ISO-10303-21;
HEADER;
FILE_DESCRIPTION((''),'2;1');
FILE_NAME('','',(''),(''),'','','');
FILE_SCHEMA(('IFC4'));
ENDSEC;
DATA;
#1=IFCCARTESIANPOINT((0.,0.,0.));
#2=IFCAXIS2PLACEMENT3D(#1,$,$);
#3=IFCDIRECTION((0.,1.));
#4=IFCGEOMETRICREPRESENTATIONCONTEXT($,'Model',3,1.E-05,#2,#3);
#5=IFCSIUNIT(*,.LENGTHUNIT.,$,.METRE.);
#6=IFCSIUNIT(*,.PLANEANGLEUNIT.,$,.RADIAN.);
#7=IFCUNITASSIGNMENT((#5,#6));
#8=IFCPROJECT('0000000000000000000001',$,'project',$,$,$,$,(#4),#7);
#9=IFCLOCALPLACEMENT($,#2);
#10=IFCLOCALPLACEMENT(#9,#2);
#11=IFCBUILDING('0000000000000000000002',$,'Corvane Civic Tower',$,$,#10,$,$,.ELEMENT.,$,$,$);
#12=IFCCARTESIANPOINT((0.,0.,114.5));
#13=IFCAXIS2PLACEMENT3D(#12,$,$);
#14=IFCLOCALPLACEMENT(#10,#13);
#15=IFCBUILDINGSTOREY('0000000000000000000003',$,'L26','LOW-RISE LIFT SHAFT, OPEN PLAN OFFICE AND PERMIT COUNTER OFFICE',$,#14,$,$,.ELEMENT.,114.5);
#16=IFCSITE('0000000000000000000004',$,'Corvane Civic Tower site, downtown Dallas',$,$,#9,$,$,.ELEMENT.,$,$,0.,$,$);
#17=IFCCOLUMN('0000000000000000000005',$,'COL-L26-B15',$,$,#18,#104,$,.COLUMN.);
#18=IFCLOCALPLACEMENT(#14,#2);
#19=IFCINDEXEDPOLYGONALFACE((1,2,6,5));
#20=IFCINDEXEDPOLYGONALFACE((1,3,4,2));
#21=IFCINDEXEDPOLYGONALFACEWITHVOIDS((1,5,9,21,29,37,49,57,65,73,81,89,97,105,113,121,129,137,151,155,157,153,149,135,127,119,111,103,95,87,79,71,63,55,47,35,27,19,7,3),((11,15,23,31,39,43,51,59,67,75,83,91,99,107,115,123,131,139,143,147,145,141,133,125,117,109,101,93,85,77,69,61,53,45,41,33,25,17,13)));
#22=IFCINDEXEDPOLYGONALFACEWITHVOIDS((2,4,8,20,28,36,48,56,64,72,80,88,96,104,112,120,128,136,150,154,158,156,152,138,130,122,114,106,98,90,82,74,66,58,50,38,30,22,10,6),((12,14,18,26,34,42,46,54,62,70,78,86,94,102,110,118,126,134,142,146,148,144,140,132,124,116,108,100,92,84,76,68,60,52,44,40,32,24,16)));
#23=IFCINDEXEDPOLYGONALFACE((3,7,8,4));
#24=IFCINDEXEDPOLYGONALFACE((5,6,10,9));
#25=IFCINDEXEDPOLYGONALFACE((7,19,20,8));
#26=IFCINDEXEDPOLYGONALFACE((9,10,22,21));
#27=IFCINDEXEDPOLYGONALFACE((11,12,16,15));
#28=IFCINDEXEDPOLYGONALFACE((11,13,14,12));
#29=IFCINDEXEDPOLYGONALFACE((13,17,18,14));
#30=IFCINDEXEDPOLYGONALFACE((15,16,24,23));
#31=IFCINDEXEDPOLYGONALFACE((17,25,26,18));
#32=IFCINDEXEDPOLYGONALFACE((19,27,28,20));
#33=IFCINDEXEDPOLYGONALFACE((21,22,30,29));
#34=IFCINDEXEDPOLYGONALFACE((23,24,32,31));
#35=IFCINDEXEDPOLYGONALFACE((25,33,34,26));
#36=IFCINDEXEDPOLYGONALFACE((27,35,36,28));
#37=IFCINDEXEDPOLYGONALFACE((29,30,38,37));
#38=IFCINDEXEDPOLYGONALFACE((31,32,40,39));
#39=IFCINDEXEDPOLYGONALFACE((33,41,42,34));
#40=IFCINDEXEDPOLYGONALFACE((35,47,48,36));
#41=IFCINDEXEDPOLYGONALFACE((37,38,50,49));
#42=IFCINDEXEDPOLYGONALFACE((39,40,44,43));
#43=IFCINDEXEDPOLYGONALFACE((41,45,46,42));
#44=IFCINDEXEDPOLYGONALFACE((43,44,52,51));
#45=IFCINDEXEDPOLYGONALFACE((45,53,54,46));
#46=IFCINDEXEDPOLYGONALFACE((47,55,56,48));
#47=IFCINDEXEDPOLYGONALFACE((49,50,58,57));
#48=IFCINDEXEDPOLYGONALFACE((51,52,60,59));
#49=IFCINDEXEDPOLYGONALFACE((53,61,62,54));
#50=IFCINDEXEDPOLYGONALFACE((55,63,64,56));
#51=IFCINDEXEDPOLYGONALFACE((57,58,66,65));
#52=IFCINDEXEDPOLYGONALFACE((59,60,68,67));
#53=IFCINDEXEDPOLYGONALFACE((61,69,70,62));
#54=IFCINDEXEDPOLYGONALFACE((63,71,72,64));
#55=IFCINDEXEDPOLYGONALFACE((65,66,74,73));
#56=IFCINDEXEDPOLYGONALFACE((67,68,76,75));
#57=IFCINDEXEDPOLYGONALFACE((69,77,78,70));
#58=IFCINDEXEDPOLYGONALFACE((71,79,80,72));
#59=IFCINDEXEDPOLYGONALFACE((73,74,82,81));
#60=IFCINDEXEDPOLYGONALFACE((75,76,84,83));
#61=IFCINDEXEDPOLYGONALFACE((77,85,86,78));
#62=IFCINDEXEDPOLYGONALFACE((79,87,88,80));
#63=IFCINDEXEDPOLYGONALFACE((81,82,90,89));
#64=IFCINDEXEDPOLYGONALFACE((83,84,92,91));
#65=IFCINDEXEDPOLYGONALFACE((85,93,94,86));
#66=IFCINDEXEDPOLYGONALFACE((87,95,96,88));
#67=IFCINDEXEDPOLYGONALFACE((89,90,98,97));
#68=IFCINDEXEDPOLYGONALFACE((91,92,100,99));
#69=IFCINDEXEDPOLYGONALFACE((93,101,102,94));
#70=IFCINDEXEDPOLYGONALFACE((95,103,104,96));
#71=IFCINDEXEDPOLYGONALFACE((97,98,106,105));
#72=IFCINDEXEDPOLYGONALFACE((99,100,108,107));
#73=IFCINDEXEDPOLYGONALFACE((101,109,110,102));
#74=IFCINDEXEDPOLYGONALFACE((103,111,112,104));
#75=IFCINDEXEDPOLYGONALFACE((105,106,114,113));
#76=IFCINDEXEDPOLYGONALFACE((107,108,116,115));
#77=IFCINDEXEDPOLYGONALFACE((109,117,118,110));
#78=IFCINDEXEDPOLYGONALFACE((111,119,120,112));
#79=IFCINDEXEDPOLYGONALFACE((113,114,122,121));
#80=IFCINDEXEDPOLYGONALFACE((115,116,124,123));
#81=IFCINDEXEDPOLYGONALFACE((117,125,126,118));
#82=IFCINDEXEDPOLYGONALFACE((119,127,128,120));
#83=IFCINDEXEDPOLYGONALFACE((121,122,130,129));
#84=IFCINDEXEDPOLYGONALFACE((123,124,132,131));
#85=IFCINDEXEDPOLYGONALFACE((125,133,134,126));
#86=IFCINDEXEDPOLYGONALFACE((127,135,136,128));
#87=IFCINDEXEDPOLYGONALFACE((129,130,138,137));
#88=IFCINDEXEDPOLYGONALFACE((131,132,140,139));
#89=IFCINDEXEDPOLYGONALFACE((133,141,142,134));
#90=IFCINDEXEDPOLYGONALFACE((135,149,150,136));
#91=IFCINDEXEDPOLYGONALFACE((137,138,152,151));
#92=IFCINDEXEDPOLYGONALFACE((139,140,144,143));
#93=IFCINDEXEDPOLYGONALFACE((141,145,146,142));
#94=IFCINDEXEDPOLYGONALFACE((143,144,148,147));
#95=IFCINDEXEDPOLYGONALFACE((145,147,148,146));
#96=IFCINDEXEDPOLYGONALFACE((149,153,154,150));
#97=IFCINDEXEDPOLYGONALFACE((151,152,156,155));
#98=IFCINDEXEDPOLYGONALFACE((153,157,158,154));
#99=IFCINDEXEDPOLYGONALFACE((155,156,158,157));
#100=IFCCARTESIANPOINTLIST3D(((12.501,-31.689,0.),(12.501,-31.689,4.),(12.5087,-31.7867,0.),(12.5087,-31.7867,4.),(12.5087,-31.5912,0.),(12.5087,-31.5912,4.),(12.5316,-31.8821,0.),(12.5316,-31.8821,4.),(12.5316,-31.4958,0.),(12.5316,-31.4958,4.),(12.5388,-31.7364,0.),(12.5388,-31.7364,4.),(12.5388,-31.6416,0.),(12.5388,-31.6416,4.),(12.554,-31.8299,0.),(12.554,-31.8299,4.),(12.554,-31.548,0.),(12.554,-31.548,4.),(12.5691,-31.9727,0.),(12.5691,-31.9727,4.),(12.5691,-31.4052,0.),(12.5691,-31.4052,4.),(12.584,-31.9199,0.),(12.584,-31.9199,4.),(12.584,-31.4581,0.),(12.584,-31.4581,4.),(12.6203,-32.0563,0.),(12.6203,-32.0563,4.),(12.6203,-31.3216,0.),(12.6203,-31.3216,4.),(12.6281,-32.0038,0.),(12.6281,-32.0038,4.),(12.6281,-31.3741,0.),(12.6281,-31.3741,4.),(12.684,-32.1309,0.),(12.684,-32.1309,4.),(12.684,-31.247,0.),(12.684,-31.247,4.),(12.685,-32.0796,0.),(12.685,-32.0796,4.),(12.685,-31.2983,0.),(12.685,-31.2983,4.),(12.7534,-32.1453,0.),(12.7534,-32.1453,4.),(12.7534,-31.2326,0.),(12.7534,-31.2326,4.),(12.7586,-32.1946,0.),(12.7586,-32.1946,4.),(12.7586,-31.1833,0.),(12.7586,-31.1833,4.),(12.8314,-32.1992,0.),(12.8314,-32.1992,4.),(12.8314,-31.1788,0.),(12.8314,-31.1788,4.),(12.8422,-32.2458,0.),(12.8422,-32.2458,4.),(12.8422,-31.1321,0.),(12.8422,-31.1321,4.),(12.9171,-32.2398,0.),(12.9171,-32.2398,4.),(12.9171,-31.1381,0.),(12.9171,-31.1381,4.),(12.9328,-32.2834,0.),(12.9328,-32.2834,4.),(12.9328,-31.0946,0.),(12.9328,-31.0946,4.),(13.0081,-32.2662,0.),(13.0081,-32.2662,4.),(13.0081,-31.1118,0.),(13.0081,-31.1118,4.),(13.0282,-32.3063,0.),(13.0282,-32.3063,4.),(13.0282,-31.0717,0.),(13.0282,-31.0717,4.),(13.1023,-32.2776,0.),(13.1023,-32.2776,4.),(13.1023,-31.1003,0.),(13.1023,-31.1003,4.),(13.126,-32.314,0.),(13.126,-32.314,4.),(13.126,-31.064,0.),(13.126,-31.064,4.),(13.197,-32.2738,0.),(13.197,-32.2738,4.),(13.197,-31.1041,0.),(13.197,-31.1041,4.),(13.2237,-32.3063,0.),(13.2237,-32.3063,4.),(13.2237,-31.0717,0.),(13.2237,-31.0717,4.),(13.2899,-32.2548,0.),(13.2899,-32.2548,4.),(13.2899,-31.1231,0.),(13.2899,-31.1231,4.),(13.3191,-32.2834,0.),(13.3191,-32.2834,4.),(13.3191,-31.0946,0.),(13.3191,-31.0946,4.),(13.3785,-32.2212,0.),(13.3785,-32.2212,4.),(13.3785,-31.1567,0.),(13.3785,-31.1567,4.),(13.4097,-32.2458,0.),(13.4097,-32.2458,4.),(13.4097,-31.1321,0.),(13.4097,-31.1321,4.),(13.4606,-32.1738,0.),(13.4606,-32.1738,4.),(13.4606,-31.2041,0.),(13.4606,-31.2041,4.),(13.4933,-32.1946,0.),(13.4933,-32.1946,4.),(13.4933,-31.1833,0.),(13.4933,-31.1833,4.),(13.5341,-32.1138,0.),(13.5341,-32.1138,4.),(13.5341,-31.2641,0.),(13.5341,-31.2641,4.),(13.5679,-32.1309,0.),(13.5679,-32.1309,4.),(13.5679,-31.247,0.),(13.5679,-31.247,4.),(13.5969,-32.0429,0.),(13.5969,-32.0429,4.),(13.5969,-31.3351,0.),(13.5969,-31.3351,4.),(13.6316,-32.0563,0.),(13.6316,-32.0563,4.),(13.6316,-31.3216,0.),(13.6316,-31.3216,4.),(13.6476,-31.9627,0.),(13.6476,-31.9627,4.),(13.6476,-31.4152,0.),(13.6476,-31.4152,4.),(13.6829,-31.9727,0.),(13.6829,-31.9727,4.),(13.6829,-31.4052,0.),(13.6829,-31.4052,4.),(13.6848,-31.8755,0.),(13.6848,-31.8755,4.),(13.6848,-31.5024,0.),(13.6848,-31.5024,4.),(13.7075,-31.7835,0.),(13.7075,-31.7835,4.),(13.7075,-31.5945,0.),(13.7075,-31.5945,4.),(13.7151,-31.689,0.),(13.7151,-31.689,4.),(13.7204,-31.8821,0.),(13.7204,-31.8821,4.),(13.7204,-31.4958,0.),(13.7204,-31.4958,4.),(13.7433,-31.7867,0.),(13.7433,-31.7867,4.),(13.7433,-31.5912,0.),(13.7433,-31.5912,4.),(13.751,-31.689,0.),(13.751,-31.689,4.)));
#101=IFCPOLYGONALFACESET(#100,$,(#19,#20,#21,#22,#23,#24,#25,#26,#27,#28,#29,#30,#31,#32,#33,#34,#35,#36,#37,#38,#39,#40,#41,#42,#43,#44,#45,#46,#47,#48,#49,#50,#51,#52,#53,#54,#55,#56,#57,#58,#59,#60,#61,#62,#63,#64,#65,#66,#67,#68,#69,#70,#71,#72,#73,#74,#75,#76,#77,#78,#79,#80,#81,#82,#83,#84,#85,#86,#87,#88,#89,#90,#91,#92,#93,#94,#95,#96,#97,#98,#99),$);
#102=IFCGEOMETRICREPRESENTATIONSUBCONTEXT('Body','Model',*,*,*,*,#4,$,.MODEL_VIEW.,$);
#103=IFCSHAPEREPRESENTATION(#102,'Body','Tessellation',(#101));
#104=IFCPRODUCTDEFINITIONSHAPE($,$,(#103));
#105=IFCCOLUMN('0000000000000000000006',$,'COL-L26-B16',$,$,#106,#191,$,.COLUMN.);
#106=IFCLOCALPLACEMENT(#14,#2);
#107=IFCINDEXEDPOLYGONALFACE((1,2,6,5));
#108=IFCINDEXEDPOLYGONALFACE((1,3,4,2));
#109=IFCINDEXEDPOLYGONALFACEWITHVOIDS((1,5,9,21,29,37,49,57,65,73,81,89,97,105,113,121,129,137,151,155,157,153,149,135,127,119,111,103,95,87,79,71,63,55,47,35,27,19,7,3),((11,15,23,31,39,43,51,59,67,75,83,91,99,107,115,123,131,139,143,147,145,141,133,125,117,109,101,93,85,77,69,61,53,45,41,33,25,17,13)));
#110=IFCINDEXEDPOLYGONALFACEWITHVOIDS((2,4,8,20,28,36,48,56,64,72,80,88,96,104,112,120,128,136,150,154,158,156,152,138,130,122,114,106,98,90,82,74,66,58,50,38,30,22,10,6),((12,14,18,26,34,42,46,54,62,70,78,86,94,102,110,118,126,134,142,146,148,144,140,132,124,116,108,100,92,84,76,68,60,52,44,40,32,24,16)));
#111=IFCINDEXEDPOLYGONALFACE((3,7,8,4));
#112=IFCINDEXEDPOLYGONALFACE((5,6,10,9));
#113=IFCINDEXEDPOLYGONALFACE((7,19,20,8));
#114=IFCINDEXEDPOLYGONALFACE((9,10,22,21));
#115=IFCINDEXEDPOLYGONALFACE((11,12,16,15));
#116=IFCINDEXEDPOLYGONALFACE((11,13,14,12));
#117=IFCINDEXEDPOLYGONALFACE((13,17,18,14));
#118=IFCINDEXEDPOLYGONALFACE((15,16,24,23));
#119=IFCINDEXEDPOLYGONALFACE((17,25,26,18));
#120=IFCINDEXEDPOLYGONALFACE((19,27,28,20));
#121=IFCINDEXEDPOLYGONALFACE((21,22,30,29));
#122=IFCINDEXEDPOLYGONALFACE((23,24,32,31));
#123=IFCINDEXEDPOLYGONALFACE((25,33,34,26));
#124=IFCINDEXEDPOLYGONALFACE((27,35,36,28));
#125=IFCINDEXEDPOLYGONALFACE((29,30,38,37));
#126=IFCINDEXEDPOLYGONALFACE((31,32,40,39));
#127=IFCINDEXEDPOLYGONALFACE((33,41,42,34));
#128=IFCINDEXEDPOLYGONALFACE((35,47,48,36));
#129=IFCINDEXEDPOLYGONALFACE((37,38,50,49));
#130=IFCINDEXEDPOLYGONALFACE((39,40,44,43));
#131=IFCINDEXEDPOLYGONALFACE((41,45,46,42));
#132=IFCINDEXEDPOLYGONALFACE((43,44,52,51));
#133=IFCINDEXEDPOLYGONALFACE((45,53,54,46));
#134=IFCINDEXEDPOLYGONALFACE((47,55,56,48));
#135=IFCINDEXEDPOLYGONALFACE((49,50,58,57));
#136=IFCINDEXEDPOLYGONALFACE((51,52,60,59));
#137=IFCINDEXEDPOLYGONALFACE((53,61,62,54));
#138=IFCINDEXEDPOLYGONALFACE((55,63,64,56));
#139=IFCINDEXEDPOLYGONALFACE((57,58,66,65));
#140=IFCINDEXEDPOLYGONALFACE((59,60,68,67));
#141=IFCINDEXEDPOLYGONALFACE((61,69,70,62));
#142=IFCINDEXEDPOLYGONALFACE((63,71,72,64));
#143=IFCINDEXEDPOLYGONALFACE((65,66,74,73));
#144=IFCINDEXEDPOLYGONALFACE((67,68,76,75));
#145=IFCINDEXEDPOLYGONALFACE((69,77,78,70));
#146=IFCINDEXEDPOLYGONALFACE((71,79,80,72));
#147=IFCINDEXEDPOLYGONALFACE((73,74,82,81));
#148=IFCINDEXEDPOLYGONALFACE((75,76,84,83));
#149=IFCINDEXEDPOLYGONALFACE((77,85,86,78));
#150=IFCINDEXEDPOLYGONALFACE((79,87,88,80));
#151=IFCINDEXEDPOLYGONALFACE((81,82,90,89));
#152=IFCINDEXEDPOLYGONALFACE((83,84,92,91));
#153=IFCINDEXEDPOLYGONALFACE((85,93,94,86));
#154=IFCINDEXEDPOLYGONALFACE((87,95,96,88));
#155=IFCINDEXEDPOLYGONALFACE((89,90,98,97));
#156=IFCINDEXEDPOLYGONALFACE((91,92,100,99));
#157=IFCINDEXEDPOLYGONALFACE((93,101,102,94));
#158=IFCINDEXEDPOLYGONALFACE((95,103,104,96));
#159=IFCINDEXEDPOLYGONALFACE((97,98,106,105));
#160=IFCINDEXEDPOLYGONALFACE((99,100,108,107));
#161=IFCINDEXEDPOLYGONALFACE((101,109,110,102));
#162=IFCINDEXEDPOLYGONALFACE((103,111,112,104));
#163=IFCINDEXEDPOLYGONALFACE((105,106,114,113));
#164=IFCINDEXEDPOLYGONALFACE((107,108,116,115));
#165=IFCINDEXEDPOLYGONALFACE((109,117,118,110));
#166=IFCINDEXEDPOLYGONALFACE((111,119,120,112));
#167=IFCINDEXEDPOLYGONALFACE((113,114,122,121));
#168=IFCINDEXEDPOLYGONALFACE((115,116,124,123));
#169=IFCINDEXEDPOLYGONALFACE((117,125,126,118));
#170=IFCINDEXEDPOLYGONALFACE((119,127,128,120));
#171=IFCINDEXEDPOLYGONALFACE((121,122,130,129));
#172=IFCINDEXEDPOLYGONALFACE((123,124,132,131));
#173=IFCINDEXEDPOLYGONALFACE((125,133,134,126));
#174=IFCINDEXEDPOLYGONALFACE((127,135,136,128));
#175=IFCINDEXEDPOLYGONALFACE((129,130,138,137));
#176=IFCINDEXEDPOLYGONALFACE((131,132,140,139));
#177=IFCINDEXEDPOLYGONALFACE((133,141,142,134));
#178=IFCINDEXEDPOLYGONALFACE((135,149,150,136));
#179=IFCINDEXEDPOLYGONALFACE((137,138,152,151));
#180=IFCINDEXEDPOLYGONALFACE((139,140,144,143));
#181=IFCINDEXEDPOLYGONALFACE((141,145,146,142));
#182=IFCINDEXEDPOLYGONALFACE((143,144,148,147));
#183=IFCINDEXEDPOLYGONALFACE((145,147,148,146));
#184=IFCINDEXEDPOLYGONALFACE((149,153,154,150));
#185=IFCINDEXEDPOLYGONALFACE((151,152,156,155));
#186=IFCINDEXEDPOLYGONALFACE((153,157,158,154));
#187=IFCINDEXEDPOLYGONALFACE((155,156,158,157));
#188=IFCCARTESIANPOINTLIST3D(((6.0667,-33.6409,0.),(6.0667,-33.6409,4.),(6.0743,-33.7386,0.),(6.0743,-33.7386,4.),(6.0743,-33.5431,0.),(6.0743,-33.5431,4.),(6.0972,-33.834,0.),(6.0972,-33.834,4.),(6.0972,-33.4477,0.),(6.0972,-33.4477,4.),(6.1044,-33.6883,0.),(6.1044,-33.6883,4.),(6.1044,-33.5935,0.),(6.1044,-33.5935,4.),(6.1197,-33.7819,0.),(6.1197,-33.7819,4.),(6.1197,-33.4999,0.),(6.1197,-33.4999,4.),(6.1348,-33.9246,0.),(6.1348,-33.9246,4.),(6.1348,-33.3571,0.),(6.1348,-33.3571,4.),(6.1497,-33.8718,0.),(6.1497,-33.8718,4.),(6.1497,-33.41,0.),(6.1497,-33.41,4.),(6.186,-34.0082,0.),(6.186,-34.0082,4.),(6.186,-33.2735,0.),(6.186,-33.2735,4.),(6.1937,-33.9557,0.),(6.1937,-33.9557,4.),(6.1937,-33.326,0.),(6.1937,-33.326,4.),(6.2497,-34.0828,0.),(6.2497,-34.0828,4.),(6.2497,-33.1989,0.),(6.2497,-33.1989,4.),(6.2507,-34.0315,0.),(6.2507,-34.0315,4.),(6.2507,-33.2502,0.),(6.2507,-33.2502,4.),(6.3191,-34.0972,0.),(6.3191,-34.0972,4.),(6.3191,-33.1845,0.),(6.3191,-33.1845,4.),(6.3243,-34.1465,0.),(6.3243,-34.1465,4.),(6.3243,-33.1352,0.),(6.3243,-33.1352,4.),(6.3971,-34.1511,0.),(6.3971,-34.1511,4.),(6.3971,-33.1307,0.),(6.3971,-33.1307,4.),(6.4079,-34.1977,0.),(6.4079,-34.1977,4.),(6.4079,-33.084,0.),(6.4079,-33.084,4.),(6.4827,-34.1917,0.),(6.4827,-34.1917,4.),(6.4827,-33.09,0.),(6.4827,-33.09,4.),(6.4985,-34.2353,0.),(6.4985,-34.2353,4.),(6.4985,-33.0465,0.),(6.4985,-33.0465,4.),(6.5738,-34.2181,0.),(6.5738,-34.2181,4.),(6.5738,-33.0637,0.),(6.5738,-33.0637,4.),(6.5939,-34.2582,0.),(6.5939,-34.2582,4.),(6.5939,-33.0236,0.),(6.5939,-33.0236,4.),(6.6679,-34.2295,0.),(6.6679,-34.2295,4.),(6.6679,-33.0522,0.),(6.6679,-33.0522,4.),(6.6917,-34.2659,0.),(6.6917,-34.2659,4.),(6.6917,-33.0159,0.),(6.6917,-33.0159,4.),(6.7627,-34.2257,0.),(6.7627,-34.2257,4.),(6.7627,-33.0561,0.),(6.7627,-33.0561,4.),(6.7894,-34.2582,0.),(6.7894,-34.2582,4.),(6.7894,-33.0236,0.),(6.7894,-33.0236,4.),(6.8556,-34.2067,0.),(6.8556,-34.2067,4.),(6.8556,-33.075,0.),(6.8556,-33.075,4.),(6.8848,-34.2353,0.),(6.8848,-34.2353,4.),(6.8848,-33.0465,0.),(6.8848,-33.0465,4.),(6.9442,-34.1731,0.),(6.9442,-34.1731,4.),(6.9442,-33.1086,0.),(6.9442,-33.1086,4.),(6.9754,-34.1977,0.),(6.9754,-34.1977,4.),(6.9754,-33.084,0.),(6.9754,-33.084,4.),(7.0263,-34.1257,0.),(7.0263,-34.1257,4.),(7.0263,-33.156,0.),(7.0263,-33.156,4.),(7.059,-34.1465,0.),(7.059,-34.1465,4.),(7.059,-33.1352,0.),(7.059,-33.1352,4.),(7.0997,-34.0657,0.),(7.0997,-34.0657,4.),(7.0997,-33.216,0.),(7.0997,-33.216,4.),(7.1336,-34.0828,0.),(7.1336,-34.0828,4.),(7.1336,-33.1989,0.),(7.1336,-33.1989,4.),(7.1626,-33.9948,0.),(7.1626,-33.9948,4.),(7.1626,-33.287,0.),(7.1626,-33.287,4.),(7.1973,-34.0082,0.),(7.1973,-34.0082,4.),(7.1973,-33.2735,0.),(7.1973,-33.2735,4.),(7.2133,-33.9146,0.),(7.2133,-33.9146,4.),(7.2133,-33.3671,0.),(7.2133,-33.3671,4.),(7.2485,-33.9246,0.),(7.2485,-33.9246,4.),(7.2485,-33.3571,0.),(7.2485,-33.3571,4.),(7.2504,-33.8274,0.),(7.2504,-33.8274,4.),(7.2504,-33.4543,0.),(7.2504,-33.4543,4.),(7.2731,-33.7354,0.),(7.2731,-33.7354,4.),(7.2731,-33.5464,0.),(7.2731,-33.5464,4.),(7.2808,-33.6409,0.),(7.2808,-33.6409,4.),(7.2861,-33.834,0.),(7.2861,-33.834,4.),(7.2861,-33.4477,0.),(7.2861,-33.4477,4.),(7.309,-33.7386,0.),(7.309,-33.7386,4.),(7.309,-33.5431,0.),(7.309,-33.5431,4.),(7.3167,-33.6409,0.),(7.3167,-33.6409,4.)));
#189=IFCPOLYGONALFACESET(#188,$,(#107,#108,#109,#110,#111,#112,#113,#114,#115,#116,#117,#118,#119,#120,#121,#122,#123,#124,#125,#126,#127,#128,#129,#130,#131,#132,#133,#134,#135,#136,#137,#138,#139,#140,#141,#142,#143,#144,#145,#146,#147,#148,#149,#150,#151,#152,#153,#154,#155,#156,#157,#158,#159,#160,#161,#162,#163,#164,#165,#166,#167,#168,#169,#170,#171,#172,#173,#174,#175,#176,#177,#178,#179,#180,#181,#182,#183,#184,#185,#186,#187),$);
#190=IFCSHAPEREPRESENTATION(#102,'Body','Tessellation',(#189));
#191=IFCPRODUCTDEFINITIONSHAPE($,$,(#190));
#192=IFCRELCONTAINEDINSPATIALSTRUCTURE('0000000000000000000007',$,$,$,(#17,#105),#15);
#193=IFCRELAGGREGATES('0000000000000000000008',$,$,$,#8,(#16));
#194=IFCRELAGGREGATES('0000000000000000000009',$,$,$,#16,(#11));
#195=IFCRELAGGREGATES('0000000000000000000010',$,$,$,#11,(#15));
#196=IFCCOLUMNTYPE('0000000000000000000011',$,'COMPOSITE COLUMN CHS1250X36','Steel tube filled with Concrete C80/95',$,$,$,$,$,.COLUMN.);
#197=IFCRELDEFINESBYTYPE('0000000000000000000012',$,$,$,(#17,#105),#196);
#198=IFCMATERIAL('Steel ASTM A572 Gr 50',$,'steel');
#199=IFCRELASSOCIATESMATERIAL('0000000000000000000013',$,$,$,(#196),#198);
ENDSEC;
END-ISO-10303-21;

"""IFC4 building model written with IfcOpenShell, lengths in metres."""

from ifc_helpers import new_model, si_unit, direction, frame, origin, origin_2d, place, context, subcontext, project, spatial, hollow_circle, extrude, material, material_profile, profile_set, type_object, element, save


model = new_model("IFC4")

# Units and contexts
model_context = context("Model", 3, precision=1e-05, world=origin(), true_north=direction((0.0, 1.0)))
body_context = subcontext(model_context, "Body", "Model", "MODEL_VIEW")
ifc_project = project(units=[si_unit("LENGTHUNIT", "METRE"), si_unit("PLANEANGLEUNIT", "RADIAN")], contexts=[model_context])

# Site, building, storey
site_placement = place(None, origin())
site = spatial("IfcSite", under=ifc_project, at=site_placement, Name="Corvane Civic Tower site, downtown Dallas", CompositionType="ELEMENT", RefElevation=0.0)
building_placement = place(site_placement, origin())
building = spatial("IfcBuilding", under=site, at=building_placement, Name="Corvane Civic Tower", CompositionType="ELEMENT")
storey_placement = place(building_placement, frame((0.0, 0.0, 114.5)))
storey = spatial("IfcBuildingStorey", under=building, at=storey_placement, Name="L26", Description="LOW-RISE LIFT SHAFT, OPEN PLAN OFFICE AND PERMIT COUNTER OFFICE", CompositionType="ELEMENT", Elevation=114.5)

# Columns
ifc_material_1 = material(Name="Steel ASTM A572 Gr 50", Category="steel")
ifc_material_profile_1 = material_profile(ifc_material_1, hollow_circle(Radius=0.625, WallThickness=0.0359, at=origin_2d()), Name="CHS1250X36")
ifc_profile_set_1 = profile_set([ifc_material_profile_1], Name="Steel ASTM A572 Gr 50")
column_type = type_object("IfcColumnType", Name="COMPOSITE COLUMN CHS1250X36", Description="Steel tube filled with Concrete C80/95", PredefinedType="COLUMN", material=ifc_profile_set_1)
for number, where, z_axis, x_axis, name in (
    (1, (13.126, -31.689, 0.0), (0.0, 0.0, 1.0), (1.0, 0.0, 0.0), "COL-L26-B15"),
    (2, (6.6917, -33.6409, 0.0), (0.0, 0.0, 1.0), (1.0, 0.0, 0.0), "COL-L26-B16"),
):
    element("IfcColumn", number, at=place(storey_placement, frame(where, z_axis=z_axis, x_axis=x_axis)), inside=storey, type_object=column_type, Name=name, PredefinedType="COLUMN", context=body_context, shape_type="SweptSolid", body=[
        extrude(hollow_circle(Radius=0.625, WallThickness=0.0359, at=origin_2d()), origin(), (0.0, 0.0, 1.0), 4.0),
    ])

save(model, "model.ifc")
